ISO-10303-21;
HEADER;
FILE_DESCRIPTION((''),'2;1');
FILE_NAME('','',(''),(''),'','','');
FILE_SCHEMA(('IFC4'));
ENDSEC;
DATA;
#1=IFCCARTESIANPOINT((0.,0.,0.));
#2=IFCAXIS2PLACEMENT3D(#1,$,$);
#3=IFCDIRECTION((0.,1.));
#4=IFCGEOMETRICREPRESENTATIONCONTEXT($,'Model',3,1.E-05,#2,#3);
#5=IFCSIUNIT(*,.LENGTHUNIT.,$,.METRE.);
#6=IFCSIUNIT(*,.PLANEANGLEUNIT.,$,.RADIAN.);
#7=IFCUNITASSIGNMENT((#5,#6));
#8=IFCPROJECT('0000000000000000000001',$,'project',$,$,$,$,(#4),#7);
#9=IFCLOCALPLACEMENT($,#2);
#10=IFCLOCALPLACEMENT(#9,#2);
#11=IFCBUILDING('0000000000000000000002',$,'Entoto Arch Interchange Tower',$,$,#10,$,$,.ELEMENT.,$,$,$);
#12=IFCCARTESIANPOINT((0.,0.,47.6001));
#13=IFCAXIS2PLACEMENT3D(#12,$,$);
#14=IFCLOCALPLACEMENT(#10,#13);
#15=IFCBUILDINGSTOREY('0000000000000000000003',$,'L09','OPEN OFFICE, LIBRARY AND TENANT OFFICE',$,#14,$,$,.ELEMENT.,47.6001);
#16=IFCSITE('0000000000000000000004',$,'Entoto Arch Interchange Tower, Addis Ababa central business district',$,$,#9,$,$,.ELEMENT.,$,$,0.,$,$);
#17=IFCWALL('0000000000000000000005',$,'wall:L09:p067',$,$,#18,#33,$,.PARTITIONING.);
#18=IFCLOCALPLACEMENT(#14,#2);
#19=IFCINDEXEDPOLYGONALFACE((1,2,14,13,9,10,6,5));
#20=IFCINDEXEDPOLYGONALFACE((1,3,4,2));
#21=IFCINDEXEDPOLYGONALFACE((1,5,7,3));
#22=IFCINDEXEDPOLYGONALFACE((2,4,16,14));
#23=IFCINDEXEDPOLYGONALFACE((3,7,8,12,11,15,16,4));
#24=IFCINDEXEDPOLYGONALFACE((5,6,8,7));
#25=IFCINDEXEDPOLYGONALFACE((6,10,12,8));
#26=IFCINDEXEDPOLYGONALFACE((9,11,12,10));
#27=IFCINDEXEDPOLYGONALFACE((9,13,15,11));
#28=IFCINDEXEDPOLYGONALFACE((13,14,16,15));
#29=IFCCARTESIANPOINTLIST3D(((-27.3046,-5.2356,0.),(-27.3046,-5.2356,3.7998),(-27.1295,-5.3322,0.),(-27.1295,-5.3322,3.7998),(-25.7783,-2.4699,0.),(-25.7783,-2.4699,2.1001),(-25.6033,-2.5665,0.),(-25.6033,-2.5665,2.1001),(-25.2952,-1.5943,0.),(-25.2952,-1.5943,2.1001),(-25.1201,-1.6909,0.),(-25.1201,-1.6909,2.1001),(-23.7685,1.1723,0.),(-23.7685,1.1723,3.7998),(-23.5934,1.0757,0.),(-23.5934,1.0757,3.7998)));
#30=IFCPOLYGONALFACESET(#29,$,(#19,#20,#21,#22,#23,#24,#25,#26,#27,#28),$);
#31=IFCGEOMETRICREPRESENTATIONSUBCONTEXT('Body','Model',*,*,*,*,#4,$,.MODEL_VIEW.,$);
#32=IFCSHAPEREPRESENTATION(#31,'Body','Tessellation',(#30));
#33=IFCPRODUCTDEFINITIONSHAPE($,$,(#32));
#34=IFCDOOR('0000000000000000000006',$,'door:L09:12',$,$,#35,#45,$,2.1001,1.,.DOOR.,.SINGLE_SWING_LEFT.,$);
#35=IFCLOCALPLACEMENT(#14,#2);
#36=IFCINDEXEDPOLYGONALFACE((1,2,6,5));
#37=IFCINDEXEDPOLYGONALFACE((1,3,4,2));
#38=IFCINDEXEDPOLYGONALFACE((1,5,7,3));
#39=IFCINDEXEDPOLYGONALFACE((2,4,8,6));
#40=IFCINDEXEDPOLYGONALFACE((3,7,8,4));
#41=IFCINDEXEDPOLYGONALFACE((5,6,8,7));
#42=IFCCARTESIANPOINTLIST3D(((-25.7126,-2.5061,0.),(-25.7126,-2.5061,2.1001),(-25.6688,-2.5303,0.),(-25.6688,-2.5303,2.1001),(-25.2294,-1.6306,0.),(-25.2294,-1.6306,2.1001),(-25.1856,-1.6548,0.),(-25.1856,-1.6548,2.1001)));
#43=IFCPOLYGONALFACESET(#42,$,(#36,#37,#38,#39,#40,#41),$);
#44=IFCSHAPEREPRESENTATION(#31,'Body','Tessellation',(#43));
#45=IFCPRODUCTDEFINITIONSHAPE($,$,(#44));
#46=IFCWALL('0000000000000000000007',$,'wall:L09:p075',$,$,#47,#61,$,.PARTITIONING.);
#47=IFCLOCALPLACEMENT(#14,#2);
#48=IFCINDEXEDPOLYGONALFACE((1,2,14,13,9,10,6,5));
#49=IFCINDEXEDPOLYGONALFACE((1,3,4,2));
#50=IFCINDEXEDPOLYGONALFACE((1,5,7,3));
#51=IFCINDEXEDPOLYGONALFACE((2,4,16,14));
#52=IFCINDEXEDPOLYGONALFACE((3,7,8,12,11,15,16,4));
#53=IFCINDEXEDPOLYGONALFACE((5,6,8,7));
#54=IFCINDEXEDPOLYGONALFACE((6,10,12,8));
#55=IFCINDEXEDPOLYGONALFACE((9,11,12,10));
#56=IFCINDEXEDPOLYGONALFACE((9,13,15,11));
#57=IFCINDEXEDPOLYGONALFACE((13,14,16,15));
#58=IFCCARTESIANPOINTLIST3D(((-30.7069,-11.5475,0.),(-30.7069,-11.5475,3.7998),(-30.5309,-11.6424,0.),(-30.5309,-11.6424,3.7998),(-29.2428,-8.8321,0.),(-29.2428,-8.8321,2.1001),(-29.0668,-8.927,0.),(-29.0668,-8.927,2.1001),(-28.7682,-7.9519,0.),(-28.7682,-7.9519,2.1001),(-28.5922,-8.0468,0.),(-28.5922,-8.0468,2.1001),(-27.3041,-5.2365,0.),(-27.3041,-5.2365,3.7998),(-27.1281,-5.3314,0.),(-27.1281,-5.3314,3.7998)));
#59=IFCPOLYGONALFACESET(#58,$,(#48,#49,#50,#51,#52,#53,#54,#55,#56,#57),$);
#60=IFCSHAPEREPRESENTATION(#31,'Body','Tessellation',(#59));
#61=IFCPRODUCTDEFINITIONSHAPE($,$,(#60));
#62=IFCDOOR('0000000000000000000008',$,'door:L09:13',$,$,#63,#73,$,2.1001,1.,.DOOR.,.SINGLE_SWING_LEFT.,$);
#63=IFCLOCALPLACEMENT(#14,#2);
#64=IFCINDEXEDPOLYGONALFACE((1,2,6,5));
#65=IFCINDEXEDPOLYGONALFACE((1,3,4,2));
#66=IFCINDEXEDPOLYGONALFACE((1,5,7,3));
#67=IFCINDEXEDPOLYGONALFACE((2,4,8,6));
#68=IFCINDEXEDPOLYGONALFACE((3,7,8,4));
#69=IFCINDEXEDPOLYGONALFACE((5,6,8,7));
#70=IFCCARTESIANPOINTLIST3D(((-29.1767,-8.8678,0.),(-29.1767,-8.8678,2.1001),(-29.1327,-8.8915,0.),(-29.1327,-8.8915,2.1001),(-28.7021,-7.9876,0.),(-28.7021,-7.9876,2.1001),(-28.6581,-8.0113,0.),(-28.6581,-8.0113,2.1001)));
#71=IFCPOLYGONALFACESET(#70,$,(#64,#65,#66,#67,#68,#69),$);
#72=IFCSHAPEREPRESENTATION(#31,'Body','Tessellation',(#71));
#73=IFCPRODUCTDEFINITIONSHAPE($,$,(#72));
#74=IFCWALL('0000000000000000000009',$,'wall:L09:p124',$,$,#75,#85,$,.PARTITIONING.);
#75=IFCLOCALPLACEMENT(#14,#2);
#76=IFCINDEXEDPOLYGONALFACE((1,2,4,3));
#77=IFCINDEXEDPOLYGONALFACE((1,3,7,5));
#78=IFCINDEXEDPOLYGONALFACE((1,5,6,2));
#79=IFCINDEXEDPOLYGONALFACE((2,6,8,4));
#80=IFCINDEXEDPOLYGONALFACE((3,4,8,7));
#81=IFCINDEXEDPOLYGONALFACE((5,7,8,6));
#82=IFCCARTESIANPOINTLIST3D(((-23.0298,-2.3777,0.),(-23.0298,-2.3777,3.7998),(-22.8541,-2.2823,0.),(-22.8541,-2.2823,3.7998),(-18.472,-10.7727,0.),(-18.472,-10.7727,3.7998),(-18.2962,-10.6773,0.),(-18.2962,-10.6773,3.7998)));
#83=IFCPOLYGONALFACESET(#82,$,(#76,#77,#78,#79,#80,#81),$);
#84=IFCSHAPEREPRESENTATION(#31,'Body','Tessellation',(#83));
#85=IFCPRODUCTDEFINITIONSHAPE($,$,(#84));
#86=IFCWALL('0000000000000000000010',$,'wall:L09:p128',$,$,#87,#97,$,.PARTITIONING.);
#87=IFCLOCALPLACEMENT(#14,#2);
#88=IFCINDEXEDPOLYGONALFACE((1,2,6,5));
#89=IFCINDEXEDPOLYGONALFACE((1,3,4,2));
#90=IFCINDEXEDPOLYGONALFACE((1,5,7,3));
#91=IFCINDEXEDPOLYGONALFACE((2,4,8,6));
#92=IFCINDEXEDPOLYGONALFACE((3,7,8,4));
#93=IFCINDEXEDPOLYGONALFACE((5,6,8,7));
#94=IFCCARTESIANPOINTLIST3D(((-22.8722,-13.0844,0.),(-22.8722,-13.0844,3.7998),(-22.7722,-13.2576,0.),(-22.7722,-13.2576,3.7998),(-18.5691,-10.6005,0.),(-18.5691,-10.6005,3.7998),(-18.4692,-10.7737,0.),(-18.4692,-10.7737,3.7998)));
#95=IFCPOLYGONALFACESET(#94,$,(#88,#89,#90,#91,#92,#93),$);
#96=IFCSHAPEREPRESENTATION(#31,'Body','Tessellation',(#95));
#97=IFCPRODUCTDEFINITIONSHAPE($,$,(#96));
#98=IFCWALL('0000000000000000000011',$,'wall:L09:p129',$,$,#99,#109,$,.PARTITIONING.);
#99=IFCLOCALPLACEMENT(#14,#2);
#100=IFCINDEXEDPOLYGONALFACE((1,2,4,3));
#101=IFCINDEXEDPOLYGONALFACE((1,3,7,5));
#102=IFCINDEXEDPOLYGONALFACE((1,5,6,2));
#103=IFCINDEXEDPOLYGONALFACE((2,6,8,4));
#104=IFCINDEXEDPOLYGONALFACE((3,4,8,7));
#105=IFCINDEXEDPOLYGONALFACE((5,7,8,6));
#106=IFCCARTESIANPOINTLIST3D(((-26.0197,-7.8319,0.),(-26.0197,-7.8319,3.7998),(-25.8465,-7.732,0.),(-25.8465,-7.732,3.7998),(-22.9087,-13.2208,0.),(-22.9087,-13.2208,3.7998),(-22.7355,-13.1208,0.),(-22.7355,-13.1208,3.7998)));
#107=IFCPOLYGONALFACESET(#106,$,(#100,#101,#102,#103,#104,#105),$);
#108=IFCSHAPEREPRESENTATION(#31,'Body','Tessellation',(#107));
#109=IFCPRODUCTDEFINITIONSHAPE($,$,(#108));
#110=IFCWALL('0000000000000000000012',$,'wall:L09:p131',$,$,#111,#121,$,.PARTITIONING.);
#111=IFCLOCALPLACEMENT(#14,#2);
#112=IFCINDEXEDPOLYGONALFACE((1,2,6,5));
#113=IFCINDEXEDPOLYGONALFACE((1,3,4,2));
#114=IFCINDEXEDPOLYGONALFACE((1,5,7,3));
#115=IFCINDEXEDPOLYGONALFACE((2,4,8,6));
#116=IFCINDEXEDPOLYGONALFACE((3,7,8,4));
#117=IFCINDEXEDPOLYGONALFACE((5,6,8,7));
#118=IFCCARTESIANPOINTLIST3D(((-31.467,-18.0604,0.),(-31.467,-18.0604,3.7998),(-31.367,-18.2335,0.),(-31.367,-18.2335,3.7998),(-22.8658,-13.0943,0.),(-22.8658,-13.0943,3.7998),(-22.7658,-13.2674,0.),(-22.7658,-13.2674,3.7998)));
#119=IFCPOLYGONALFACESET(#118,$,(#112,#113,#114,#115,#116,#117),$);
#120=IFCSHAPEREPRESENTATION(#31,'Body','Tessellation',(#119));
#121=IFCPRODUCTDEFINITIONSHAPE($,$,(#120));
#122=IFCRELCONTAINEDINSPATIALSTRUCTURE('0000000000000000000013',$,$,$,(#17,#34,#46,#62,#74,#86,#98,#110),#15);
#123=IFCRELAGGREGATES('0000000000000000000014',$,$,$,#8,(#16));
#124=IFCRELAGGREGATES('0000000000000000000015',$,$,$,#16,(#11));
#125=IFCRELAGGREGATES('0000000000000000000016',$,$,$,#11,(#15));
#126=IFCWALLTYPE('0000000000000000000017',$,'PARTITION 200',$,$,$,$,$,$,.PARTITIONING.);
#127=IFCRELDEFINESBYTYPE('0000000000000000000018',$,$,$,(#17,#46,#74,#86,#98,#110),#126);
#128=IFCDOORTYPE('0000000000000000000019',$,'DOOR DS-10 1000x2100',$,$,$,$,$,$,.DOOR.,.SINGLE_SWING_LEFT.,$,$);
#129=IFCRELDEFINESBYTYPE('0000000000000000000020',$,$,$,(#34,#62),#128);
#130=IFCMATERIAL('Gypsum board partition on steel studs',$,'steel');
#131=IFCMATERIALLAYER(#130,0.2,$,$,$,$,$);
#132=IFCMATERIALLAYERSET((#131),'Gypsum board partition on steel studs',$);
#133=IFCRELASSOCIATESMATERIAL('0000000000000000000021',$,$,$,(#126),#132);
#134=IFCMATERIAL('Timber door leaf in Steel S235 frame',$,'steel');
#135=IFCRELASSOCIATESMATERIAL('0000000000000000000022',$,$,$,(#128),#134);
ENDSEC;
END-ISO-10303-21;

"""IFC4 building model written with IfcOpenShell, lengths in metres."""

from ifc_helpers import new_model, si_unit, direction, frame, frame_2d, origin, place, context, subcontext, project, spatial, rectangle, extrude, material, layer, layer_set, type_object, element, fill, save


model = new_model("IFC4")

# Units and contexts
model_context = context("Model", 3, precision=1e-05, world=origin(), true_north=direction((0.0, 1.0)))
body_context = subcontext(model_context, "Body", "Model", "MODEL_VIEW")
ifc_project = project(units=[si_unit("LENGTHUNIT", "METRE"), si_unit("PLANEANGLEUNIT", "RADIAN")], contexts=[model_context])

# Site, building, storey
site_placement = place(None, origin())
site = spatial("IfcSite", under=ifc_project, at=site_placement, Name="Entoto Arch Interchange Tower, Addis Ababa central business district", CompositionType="ELEMENT", RefElevation=0.0)
building_placement = place(site_placement, origin())
building = spatial("IfcBuilding", under=site, at=building_placement, Name="Entoto Arch Interchange Tower", CompositionType="ELEMENT")
storey_placement = place(building_placement, frame((0.0, 0.0, 47.6001)))
storey = spatial("IfcBuildingStorey", under=building, at=storey_placement, Name="L09", Description="OPEN OFFICE, LIBRARY AND TENANT OFFICE", CompositionType="ELEMENT", Elevation=47.6001)

# Shared definitions
ifc_material_1 = material(Name="Gypsum board partition on steel studs", Category="steel")
ifc_layer_1 = layer(ifc_material_1, 0.2)
ifc_layer_set_1 = layer_set([ifc_layer_1], Name="Gypsum board partition on steel studs")
wall_type_1 = type_object("IfcWallType", Name="PARTITION 200", PredefinedType="PARTITIONING", material=ifc_layer_set_1)

# Shared definitions
ifc_material_2 = material(Name="Timber door leaf in Steel S235 frame", Category="steel")
door_type = type_object("IfcDoorType", Name="DOOR DS-10 1000x2100", OperationType="SINGLE_SWING_LEFT", PredefinedType="DOOR", material=ifc_material_2)

# Walls, openings, doors
wall_1_placement = place(storey_placement, frame((-27.217, -5.2839, 0.0), z_axis=(0.0, 0.0, 1.0), x_axis=(0.483151, 0.875537, 0.0)))
wall_1 = element("IfcWall", 1, at=wall_1_placement, inside=storey, type_object=wall_type_1, Name="wall:L09:p067", PredefinedType="PARTITIONING", context=body_context, shape_type="SweptSolid", body=[
    extrude(rectangle(XDim=7.3188, YDim=0.2, at=frame_2d((3.6594, 0.0))), origin(), (0.0, 0.0, 1.0), 3.7998),
])
opening_1_placement = place(wall_1_placement, frame((3.1589, 0.0, 0.0)))
opening_1 = element("IfcOpeningElement", 2, at=opening_1_placement, cuts=wall_1, PredefinedType="OPENING", context=body_context, shape_type="SweptSolid", body=[
    extrude(rectangle(XDim=1.0, YDim=2.1001, at=frame_2d((0.5, 1.05))), frame((0.0, 0.1099, 0.0), z_axis=(0.0, -1.0, 0.0), x_axis=(1.0, 0.0, 0.0)), (0.0, 0.0, 1.0), 0.22),
])
door_1_placement = place(opening_1_placement, origin())
door_1 = element("IfcDoor", 3, at=door_1_placement, inside=storey, type_object=door_type, Name="door:L09:12", OperationType="SINGLE_SWING_LEFT", OverallHeight=2.1001, OverallWidth=1.0, PredefinedType="DOOR", context=body_context, shape_type="SweptSolid", body=[
    extrude(rectangle(XDim=1.0, YDim=2.1001, at=frame_2d((0.5, 1.05))), frame((0.0, 0.0249, 0.0), z_axis=(0.0, -1.0, 0.0), x_axis=(1.0, 0.0, 0.0)), (0.0, 0.0, 1.0), 0.05),
])
fill(opening_1, door_1)
wall_2_placement = place(storey_placement, frame((-30.6189, -11.595, 0.0), z_axis=(0.0, 0.0, 1.0), x_axis=(0.474595, 0.880204, 0.0)))
wall_2 = element("IfcWall", 4, at=wall_2_placement, inside=storey, type_object=wall_type_1, Name="wall:L09:p075", PredefinedType="PARTITIONING", context=body_context, shape_type="SweptSolid", body=[
    extrude(rectangle(XDim=7.1699, YDim=0.2, at=frame_2d((3.585, 0.0))), origin(), (0.0, 0.0, 1.0), 3.7998),
])
opening_2_placement = place(wall_2_placement, frame((3.085, 0.0, 0.0)))
opening_2 = element("IfcOpeningElement", 5, at=opening_2_placement, cuts=wall_2, PredefinedType="OPENING", context=body_context, shape_type="SweptSolid", body=[
    extrude(rectangle(XDim=1.0, YDim=2.1001, at=frame_2d((0.5, 1.05))), frame((0.0, 0.1099, 0.0), z_axis=(0.0, -1.0, 0.0), x_axis=(1.0, 0.0, 0.0)), (0.0, 0.0, 1.0), 0.22),
])
door_2_placement = place(opening_2_placement, origin())
door_2 = element("IfcDoor", 6, at=door_2_placement, inside=storey, type_object=door_type, Name="door:L09:13", OperationType="SINGLE_SWING_LEFT", OverallHeight=2.1001, OverallWidth=1.0, PredefinedType="DOOR", context=body_context, shape_type="SweptSolid", body=[
    extrude(rectangle(XDim=1.0, YDim=2.1001, at=frame_2d((0.5, 1.05))), frame((0.0, 0.0249, 0.0), z_axis=(0.0, -1.0, 0.0), x_axis=(1.0, 0.0, 0.0)), (0.0, 0.0, 1.0), 0.05),
])
fill(opening_2, door_2)

# Walls
wall_3_placement = place(storey_placement, frame((-18.384, -10.7251, 0.0), z_axis=(0.0, 0.0, 1.0), x_axis=(-0.477138, 0.878829, 0.0)))
element("IfcWall", 7, at=wall_3_placement, inside=storey, type_object=wall_type_1, Name="wall:L09:p124", PredefinedType="PARTITIONING", context=body_context, shape_type="SweptSolid", body=[
    extrude(rectangle(XDim=9.5525, YDim=0.2, at=frame_2d((4.7764, 0.0))), origin(), (0.0, 0.0, 1.0), 3.7998),
])
wall_4_placement = place(storey_placement, frame((-18.519, -10.687, 0.0), z_axis=(0.0, 0.0, 1.0), x_axis=(-0.866064, -0.499934, 0.0)))
element("IfcWall", 8, at=wall_4_placement, inside=storey, type_object=wall_type_1, Name="wall:L09:p128", PredefinedType="PARTITIONING", context=body_context, shape_type="SweptSolid", body=[
    extrude(rectangle(XDim=4.9685, YDim=0.2, at=frame_2d((2.4844, 0.0))), origin(), (0.0, 0.0, 1.0), 3.7998),
])
wall_5_placement = place(storey_placement, frame((-22.822, -13.1709, 0.0), z_axis=(0.0, 0.0, 1.0), x_axis=(-0.499975, 0.86604, 0.0)))
element("IfcWall", 9, at=wall_5_placement, inside=storey, type_object=wall_type_1, Name="wall:L09:p129", PredefinedType="PARTITIONING", context=body_context, shape_type="SweptSolid", body=[
    extrude(rectangle(XDim=6.2224, YDim=0.2, at=frame_2d((3.1113, 0.0))), origin(), (0.0, 0.0, 1.0), 3.7998),
])
wall_6_placement = place(storey_placement, frame((-22.8159, -13.1809, 0.0), z_axis=(0.0, 0.0, 1.0), x_axis=(-0.866015, -0.500018, 0.0)))
element("IfcWall", 10, at=wall_6_placement, inside=storey, type_object=wall_type_1, Name="wall:L09:p131", PredefinedType="PARTITIONING", context=body_context, shape_type="SweptSolid", body=[
    extrude(rectangle(XDim=9.9319, YDim=0.2, at=frame_2d((4.9658, 0.0))), origin(), (0.0, 0.0, 1.0), 3.7998),
])

save(model, "model.ifc")
